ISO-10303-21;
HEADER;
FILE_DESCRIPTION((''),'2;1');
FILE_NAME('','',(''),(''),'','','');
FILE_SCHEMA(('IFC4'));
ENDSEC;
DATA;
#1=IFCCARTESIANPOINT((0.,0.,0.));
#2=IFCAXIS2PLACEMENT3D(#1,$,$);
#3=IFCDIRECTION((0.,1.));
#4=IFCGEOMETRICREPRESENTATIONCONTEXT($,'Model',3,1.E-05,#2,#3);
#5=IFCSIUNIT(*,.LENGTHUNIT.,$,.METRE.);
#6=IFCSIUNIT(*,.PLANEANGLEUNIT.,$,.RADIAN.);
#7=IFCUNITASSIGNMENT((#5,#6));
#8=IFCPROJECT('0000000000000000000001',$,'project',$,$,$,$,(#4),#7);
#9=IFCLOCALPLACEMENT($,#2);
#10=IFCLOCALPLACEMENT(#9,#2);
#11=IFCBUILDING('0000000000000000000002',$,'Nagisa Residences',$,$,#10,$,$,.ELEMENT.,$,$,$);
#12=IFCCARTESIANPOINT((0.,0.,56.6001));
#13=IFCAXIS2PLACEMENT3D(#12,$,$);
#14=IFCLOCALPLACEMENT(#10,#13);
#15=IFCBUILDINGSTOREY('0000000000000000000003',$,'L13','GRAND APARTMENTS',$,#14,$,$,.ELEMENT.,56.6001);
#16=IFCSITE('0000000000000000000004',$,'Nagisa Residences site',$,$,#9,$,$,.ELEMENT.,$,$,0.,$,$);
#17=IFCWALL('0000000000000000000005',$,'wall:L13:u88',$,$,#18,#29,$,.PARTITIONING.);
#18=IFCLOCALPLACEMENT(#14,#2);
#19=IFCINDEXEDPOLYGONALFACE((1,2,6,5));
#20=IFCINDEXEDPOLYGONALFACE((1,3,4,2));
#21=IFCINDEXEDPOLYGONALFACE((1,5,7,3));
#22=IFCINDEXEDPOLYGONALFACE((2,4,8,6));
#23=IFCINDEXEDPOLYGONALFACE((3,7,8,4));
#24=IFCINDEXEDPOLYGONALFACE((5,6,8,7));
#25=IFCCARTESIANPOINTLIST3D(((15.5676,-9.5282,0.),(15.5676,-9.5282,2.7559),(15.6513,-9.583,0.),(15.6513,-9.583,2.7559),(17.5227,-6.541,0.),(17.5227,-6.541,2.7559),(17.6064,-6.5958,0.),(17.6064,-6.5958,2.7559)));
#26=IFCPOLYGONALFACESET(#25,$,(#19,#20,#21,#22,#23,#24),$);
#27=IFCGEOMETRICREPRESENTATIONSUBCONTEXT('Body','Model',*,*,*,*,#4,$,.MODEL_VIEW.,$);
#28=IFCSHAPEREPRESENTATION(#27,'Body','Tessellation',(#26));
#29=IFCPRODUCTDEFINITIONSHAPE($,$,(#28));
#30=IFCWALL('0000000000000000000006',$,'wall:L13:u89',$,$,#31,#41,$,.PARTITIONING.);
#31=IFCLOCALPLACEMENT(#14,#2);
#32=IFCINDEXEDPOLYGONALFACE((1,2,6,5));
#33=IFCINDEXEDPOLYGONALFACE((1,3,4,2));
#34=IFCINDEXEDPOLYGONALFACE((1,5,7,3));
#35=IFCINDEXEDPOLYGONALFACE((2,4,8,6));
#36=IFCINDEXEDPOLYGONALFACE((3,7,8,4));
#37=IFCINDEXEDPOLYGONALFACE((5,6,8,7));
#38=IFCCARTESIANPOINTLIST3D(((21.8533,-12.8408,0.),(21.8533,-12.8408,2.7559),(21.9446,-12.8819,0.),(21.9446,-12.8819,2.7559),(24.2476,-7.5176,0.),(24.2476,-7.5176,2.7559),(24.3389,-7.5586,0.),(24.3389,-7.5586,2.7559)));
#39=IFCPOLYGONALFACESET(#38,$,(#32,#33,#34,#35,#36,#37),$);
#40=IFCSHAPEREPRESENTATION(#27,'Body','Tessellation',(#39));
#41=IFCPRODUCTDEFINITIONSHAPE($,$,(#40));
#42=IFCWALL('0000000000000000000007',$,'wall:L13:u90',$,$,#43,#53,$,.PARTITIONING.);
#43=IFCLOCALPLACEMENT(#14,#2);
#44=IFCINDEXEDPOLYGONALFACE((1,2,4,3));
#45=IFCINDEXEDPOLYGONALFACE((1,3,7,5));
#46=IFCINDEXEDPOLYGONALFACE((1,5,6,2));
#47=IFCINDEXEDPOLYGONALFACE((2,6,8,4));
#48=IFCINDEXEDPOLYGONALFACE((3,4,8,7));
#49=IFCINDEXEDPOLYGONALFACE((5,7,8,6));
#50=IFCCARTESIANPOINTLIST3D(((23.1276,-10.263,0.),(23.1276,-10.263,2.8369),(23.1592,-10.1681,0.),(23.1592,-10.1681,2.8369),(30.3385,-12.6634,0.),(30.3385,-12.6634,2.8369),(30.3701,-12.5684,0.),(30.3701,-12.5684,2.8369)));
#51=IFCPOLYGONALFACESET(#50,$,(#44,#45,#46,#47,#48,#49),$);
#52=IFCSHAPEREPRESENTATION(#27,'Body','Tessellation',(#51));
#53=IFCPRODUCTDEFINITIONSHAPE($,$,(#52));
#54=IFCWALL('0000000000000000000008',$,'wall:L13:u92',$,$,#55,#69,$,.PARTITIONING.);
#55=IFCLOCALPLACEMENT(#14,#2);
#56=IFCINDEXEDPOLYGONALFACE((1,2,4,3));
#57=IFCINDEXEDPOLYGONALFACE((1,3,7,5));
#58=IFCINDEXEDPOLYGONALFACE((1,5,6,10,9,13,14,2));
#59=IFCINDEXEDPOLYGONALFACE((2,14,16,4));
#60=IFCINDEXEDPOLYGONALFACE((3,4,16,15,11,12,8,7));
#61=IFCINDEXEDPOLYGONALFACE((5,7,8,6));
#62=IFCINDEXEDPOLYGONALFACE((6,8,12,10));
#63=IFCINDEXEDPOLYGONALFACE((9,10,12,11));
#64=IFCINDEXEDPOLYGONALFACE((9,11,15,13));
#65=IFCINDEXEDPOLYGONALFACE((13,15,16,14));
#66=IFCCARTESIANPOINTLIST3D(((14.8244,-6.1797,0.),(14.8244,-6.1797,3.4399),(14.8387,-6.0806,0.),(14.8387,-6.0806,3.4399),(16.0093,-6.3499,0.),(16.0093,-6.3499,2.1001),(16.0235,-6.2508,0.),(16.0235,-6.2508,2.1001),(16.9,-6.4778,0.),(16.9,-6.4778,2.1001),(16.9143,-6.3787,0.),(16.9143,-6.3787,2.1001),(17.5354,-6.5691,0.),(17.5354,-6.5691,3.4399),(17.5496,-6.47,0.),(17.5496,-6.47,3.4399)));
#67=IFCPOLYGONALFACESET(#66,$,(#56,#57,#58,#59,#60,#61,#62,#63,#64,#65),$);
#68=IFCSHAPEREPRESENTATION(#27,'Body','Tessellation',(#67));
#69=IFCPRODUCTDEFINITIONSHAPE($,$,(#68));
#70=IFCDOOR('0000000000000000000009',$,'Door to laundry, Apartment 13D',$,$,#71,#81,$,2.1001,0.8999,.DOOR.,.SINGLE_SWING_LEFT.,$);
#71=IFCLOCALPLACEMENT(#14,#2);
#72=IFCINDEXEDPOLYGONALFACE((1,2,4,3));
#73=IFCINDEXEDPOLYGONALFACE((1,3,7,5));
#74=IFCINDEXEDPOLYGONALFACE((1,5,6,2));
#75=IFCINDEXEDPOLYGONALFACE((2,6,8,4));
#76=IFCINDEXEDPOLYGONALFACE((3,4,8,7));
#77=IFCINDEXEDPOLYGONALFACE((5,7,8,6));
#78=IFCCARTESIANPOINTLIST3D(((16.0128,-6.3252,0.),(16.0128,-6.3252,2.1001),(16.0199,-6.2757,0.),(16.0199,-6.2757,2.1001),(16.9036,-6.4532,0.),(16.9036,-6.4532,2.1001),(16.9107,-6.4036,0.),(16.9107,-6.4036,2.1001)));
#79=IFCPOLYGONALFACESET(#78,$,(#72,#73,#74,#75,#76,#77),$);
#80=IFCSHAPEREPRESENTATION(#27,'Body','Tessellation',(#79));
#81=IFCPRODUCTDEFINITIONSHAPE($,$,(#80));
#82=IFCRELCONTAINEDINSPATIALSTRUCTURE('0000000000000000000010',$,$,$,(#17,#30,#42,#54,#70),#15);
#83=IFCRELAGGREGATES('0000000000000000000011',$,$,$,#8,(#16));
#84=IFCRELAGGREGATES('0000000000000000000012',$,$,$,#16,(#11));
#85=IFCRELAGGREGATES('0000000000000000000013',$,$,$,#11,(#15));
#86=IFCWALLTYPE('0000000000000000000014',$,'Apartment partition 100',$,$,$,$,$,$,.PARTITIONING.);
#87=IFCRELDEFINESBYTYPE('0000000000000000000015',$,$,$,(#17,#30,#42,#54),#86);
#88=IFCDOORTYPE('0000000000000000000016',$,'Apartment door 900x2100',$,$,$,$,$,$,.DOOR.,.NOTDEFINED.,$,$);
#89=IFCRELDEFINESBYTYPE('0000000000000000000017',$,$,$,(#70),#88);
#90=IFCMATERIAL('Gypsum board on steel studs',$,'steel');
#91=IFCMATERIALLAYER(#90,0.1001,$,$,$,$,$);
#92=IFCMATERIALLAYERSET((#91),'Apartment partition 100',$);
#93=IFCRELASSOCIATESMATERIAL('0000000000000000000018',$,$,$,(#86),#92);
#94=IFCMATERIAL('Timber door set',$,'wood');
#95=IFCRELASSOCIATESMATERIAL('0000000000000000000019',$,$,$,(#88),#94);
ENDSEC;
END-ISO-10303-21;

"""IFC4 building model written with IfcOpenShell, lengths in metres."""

from ifc_helpers import new_model, si_unit, direction, frame, frame_2d, origin, place, context, subcontext, project, spatial, rectangle, extrude, material, layer, layer_set, type_object, element, fill, save


model = new_model("IFC4")

# Units and contexts
model_context = context("Model", 3, precision=1e-05, world=origin(), true_north=direction((0.0, 1.0)))
body_context = subcontext(model_context, "Body", "Model", "MODEL_VIEW")
ifc_project = project(units=[si_unit("LENGTHUNIT", "METRE"), si_unit("PLANEANGLEUNIT", "RADIAN")], contexts=[model_context])

# Site, building, storey
site_placement = place(None, origin())
site = spatial("IfcSite", under=ifc_project, at=site_placement, Name="Nagisa Residences site", CompositionType="ELEMENT", RefElevation=0.0)
building_placement = place(site_placement, origin())
building = spatial("IfcBuilding", under=site, at=building_placement, Name="Nagisa Residences", CompositionType="ELEMENT")
storey_placement = place(building_placement, frame((0.0, 0.0, 56.6001)))
storey = spatial("IfcBuildingStorey", under=building, at=storey_placement, Name="L13", Description="GRAND APARTMENTS", CompositionType="ELEMENT", Elevation=56.6001)

# Shared definitions
ifc_material_1 = material(Name="Gypsum board on steel studs", Category="steel")
ifc_layer_1 = layer(ifc_material_1, 0.1001)
ifc_layer_set_1 = layer_set([ifc_layer_1], Name="Apartment partition 100")
wall_type_1 = type_object("IfcWallType", Name="Apartment partition 100", PredefinedType="PARTITIONING", material=ifc_layer_set_1)
ifc_material_2 = material(Name="Timber door set", Category="wood")
door_type_1 = type_object("IfcDoorType", Name="Apartment door 900x2100", OperationType="NOTDEFINED", PredefinedType="DOOR", material=ifc_material_2)

# Walls
wall_1_placement = place(storey_placement, frame((15.6094, -9.5557, 0.0), z_axis=(0.0, 0.0, 1.0), x_axis=(0.547642, 0.836713, 0.0)))
element("IfcWall", 1, at=wall_1_placement, inside=storey, type_object=wall_type_1, Name="wall:L13:u88", PredefinedType="PARTITIONING", context=body_context, shape_type="SweptSolid", body=[
    extrude(rectangle(XDim=3.5701, YDim=0.1001, at=frame_2d((1.7852, 0.0))), origin(), (0.0, 0.0, 1.0), 2.7559),
])
wall_2_placement = place(storey_placement, frame((21.8989, -12.8613, 0.0), z_axis=(0.0, 0.0, 1.0), x_axis=(0.410198, 0.911997, 0.0)))
element("IfcWall", 2, at=wall_2_placement, inside=storey, type_object=wall_type_1, Name="wall:L13:u89", PredefinedType="PARTITIONING", context=body_context, shape_type="SweptSolid", body=[
    extrude(rectangle(XDim=5.8369, YDim=0.1001, at=frame_2d((2.9185, 0.0))), origin(), (0.0, 0.0, 1.0), 2.7559),
])
wall_3_placement = place(storey_placement, frame((23.1436, -10.2156, 0.0), z_axis=(0.0, 0.0, 1.0), x_axis=(0.948812, -0.315842, 0.0)))
element("IfcWall", 3, at=wall_3_placement, inside=storey, type_object=wall_type_1, Name="wall:L13:u90", PredefinedType="PARTITIONING", context=body_context, shape_type="SweptSolid", body=[
    extrude(rectangle(XDim=7.5999, YDim=0.1001, at=frame_2d((3.7998, 0.0))), origin(), (0.0, 0.0, 1.0), 2.8369),
])

# Wall, opening, door
wall_4_placement = place(storey_placement, frame((14.8315, -6.1301, 0.0), z_axis=(0.0, 0.0, 1.0), x_axis=(0.98984, -0.142183, 0.0)))
wall_4 = element("IfcWall", 4, at=wall_4_placement, inside=storey, type_object=wall_type_1, Name="wall:L13:u92", PredefinedType="PARTITIONING", context=body_context, shape_type="SweptSolid", body=[
    extrude(rectangle(XDim=2.7388, YDim=0.1001, at=frame_2d((1.3694, 0.0))), origin(), (0.0, 0.0, 1.0), 3.4399),
])
opening_1_placement = place(wall_4_placement, frame((1.197, 0.0, 0.0)))
opening_1 = element("IfcOpeningElement", 5, at=opening_1_placement, cuts=wall_4, PredefinedType="OPENING", context=body_context, shape_type="SweptSolid", body=[
    extrude(rectangle(XDim=0.8999, YDim=2.1001, at=frame_2d((0.45, 1.05))), frame((0.0, 0.0601, 0.0), z_axis=(0.0, -1.0, 0.0), x_axis=(1.0, 0.0, 0.0)), (0.0, 0.0, 1.0), 0.1201),
])
door_1_placement = place(opening_1_placement, origin())
door_1 = element("IfcDoor", 6, at=door_1_placement, inside=storey, type_object=door_type_1, Name="Door to laundry, Apartment 13D", OperationType="SINGLE_SWING_LEFT", OverallHeight=2.1001, OverallWidth=0.8999, PredefinedType="DOOR", context=body_context, shape_type="SweptSolid", body=[
    extrude(rectangle(XDim=0.8999, YDim=2.1001, at=frame_2d((0.45, 1.05))), frame((0.0, 0.0249, 0.0), z_axis=(0.0, -1.0, 0.0), x_axis=(1.0, 0.0, 0.0)), (0.0, 0.0, 1.0), 0.05),
])
fill(opening_1, door_1)

save(model, "model.ifc")
